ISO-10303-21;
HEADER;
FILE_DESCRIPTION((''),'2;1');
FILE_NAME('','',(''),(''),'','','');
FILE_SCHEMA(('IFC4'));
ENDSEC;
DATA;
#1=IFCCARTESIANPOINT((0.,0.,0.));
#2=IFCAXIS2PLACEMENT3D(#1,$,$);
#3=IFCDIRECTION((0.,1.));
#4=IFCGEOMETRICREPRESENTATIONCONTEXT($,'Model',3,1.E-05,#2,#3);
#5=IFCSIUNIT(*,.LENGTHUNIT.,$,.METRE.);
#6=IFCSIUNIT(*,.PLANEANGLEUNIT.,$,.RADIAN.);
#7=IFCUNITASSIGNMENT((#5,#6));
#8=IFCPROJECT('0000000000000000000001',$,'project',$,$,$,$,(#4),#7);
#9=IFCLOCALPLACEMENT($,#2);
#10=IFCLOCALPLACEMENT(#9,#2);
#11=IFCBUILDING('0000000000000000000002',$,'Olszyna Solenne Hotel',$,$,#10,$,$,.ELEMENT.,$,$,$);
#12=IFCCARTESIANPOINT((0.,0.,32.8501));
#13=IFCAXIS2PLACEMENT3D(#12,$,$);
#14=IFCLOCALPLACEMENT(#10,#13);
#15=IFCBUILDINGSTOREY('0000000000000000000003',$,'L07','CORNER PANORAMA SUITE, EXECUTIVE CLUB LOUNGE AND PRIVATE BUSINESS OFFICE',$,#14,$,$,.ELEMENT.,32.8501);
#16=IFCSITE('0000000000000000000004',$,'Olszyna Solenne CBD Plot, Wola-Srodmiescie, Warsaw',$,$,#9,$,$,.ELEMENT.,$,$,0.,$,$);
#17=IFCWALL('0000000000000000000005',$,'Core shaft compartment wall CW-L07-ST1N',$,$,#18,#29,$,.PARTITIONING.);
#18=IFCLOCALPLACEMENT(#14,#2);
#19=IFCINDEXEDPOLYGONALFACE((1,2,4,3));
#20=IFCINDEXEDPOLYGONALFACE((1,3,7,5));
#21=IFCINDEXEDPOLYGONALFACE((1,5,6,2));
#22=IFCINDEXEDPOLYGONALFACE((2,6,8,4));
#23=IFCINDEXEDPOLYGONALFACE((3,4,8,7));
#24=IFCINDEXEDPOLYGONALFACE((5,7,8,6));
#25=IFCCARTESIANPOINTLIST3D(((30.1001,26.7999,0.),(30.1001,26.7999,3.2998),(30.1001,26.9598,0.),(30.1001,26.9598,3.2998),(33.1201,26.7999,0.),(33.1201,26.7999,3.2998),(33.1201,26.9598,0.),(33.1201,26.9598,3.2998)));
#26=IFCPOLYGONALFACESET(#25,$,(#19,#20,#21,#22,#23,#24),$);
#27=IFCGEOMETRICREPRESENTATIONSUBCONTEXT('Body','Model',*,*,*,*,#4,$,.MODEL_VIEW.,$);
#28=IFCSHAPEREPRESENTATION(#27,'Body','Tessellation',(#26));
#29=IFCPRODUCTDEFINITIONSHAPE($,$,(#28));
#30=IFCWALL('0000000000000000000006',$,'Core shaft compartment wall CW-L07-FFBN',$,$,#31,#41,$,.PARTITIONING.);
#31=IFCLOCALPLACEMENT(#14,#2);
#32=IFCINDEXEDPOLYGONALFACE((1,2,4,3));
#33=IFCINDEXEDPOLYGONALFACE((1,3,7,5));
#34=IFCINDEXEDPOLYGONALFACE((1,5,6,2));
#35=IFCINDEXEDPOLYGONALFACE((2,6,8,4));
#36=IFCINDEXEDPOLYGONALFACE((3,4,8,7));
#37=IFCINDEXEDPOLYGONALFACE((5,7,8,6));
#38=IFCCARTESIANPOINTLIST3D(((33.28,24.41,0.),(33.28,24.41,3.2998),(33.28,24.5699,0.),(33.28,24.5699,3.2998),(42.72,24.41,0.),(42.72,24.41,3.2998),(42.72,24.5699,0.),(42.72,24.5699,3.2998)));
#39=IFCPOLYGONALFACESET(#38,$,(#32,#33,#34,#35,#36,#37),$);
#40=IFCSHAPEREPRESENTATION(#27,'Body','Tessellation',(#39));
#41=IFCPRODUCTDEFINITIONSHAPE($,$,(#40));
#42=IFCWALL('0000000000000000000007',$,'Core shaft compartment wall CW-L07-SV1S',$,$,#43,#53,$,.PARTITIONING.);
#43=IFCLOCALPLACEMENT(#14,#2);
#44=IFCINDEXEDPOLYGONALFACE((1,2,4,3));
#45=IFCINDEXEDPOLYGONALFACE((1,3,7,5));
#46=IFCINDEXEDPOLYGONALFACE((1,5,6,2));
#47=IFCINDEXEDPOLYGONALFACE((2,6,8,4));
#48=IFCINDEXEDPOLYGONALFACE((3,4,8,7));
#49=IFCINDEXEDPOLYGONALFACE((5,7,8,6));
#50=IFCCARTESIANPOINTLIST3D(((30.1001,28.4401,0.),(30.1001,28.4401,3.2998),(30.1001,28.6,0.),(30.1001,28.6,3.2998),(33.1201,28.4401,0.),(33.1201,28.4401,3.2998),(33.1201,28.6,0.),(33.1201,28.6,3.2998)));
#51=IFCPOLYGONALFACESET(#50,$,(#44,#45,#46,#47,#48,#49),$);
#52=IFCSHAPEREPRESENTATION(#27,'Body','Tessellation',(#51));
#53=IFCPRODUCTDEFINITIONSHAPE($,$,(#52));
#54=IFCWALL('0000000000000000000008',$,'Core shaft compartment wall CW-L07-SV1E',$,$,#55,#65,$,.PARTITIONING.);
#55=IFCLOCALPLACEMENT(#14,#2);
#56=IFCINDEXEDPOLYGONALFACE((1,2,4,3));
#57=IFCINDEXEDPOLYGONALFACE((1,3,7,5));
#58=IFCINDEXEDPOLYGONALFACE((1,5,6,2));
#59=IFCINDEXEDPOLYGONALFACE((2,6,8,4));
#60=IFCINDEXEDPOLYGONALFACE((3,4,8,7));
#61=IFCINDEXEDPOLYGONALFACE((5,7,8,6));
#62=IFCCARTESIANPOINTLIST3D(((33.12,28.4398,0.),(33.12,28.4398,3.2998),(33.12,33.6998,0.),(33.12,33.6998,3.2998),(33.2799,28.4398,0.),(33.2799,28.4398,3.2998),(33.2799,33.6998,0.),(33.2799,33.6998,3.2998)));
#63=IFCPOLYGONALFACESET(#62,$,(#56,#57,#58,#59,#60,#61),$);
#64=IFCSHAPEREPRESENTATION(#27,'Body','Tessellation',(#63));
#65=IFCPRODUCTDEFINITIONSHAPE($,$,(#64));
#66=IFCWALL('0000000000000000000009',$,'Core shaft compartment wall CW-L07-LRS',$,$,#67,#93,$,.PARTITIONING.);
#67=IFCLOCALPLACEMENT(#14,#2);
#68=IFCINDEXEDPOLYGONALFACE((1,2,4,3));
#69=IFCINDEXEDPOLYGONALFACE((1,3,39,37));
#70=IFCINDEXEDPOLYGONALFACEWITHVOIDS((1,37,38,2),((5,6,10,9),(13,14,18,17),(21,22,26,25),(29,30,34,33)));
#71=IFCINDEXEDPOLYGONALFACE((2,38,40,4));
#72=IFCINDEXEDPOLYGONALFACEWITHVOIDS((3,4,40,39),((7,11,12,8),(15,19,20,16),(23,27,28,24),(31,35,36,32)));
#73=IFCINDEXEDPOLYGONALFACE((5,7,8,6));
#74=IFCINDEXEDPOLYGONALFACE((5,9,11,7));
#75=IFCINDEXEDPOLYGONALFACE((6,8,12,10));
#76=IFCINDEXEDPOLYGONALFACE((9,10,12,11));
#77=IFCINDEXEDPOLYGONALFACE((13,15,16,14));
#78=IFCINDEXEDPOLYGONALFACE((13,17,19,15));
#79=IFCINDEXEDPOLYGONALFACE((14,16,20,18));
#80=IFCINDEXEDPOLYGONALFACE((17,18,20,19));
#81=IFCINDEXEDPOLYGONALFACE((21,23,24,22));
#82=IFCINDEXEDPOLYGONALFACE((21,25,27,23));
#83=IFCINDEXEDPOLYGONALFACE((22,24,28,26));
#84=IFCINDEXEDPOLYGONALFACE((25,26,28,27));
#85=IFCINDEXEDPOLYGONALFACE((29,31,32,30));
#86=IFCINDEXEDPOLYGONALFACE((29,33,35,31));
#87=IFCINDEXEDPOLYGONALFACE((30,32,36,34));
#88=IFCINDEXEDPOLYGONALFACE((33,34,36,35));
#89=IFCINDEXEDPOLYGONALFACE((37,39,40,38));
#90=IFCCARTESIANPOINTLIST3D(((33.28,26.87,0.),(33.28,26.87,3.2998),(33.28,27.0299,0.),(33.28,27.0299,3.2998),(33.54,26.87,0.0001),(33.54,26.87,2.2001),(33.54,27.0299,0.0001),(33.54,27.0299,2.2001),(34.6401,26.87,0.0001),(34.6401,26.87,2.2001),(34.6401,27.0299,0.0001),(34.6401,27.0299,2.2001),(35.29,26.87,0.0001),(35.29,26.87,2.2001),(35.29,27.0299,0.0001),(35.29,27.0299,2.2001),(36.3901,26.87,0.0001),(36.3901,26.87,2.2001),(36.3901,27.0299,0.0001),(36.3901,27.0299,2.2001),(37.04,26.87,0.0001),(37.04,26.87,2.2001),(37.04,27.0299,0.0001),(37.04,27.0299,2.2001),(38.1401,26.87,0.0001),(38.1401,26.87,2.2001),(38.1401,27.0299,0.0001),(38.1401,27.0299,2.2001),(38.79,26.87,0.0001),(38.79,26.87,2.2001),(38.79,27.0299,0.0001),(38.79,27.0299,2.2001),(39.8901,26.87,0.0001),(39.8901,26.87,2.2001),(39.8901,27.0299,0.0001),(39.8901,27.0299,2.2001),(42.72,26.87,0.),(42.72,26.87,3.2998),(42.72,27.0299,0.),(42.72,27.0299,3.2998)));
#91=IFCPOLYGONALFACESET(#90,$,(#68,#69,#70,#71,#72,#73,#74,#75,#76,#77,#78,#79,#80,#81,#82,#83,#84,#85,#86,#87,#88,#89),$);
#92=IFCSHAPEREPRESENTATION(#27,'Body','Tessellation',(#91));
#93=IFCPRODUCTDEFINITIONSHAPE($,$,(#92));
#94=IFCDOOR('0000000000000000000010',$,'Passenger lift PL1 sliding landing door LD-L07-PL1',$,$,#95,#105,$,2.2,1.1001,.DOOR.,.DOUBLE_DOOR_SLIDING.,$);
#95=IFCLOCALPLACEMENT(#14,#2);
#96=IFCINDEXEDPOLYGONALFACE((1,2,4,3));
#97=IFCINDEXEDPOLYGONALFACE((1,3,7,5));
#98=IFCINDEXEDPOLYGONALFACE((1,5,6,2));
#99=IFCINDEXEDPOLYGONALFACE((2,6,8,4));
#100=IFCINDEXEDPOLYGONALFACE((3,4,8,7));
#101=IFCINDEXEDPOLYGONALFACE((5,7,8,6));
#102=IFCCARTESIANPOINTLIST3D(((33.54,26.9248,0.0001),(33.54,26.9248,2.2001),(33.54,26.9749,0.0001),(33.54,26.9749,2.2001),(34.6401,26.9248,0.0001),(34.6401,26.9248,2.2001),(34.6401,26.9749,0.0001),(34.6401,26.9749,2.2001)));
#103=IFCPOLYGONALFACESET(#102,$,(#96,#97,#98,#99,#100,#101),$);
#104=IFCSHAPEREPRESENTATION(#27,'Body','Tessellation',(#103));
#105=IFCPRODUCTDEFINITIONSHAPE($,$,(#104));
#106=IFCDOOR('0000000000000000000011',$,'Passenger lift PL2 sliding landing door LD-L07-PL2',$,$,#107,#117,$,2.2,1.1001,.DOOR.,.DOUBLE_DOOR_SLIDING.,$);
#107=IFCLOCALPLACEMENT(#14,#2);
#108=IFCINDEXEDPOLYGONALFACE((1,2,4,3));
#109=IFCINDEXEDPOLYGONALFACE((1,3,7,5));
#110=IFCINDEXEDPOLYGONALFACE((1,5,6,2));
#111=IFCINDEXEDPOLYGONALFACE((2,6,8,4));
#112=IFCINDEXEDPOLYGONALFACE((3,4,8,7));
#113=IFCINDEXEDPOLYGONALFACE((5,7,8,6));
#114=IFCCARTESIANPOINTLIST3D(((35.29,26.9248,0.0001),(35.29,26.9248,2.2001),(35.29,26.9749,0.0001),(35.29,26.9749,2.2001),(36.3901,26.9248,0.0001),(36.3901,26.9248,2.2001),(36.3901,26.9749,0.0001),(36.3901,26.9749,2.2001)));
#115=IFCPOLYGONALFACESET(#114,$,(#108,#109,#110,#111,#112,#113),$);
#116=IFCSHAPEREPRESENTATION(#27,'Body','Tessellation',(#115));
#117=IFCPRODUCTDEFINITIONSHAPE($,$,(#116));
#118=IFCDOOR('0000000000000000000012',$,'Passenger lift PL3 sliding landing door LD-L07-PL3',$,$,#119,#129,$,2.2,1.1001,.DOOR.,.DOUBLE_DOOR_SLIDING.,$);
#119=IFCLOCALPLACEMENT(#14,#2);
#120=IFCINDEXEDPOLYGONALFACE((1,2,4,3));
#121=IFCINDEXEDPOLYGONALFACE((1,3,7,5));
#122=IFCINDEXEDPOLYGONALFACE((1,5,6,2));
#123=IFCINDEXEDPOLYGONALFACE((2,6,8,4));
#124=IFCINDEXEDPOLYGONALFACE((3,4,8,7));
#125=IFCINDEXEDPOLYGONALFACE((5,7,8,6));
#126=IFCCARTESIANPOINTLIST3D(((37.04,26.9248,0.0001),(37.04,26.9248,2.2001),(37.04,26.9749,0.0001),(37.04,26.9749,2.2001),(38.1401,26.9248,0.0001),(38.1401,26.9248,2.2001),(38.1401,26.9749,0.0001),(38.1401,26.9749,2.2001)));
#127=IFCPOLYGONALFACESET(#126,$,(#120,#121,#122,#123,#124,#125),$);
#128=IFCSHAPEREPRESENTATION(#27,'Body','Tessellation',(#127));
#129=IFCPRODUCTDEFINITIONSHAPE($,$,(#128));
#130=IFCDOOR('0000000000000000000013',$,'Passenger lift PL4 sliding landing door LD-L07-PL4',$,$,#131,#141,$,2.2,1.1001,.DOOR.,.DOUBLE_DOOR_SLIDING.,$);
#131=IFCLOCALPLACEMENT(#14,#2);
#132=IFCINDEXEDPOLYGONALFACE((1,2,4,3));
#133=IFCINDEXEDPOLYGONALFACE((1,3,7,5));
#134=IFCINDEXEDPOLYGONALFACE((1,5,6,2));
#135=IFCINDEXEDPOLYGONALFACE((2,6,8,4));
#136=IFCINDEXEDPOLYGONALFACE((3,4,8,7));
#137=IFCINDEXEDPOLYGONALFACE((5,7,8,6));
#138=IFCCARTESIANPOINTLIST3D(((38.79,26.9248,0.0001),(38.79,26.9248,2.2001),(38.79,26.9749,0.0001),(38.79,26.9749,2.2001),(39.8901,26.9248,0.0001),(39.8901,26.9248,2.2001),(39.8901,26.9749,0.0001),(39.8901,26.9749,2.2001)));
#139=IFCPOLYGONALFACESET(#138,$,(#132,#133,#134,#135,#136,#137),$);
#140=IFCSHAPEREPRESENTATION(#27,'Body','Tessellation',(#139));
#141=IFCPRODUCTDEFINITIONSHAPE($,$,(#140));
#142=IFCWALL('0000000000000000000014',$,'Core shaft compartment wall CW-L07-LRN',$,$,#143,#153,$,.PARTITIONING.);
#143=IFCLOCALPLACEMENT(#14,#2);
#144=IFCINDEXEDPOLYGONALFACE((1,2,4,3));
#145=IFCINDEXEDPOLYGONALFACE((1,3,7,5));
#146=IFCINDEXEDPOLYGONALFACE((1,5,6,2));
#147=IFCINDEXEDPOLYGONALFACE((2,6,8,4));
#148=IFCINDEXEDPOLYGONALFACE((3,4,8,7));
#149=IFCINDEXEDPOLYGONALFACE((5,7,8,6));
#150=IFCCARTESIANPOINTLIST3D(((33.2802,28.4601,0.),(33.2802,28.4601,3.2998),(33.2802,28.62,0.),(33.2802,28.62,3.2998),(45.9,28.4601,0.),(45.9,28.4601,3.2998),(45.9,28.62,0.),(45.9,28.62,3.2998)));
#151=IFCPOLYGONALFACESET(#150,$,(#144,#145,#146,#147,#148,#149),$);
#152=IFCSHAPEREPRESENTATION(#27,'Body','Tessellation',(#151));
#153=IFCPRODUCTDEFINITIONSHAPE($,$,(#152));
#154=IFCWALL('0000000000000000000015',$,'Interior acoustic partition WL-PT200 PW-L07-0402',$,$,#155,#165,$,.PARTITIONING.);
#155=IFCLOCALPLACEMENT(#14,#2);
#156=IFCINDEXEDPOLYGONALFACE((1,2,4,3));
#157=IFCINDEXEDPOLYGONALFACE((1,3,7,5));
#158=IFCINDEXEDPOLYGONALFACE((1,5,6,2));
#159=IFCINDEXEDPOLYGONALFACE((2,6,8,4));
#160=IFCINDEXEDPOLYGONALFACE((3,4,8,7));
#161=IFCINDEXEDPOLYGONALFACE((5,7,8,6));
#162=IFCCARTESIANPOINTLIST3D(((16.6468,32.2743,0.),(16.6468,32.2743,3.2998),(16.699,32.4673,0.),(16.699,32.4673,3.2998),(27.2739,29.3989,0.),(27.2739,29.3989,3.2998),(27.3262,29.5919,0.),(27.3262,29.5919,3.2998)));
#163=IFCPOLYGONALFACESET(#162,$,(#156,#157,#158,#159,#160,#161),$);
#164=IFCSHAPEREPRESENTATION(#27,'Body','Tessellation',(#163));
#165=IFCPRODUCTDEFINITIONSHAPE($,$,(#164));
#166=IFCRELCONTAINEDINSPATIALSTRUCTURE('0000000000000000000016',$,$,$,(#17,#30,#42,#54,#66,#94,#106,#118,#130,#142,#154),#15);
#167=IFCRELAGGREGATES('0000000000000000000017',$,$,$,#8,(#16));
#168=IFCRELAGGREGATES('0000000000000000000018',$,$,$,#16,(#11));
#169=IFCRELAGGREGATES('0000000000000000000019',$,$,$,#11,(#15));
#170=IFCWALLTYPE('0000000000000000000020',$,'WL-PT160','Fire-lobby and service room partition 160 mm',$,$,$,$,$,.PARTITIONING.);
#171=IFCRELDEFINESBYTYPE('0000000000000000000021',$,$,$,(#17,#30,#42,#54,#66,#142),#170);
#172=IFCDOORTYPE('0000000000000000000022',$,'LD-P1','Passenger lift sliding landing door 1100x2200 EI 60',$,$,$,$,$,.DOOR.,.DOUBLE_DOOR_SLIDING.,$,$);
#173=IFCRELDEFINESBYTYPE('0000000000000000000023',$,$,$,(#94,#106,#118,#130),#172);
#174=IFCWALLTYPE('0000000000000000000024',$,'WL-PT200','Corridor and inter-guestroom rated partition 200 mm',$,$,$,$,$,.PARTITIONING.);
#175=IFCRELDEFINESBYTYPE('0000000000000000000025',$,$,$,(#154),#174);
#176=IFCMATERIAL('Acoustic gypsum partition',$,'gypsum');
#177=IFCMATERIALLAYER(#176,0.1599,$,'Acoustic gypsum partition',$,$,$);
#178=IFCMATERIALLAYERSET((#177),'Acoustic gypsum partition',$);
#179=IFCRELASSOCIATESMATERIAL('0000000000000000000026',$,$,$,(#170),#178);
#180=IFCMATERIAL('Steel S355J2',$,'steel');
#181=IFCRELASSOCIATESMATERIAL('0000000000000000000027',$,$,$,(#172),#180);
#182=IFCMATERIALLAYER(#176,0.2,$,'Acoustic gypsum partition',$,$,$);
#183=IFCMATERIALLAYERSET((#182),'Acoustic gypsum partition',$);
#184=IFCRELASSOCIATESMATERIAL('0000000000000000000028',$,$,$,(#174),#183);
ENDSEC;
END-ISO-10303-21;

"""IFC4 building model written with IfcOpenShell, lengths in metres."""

from ifc_helpers import new_model, si_unit, direction, frame, frame_2d, origin, place, context, subcontext, project, spatial, rectangle, extrude, source, transform, mapped, material, layer, layer_set, type_object, type_shapes, element, fill, save


model = new_model("IFC4")

# Units and contexts
model_context = context("Model", 3, precision=1e-05, world=origin(), true_north=direction((0.0, 1.0)))
body_context = subcontext(model_context, "Body", "Model", "MODEL_VIEW")
ifc_project = project(units=[si_unit("LENGTHUNIT", "METRE"), si_unit("PLANEANGLEUNIT", "RADIAN")], contexts=[model_context])

# Site, building, storey
site_placement = place(None, origin())
site = spatial("IfcSite", under=ifc_project, at=site_placement, Name="Olszyna Solenne CBD Plot, Wola-Srodmiescie, Warsaw", CompositionType="ELEMENT", RefElevation=0.0)
building_placement = place(site_placement, origin())
building = spatial("IfcBuilding", under=site, at=building_placement, Name="Olszyna Solenne Hotel", CompositionType="ELEMENT")
storey_placement = place(building_placement, frame((0.0, 0.0, 32.8501)))
storey = spatial("IfcBuildingStorey", under=building, at=storey_placement, Name="L07", Description="CORNER PANORAMA SUITE, EXECUTIVE CLUB LOUNGE AND PRIVATE BUSINESS OFFICE", CompositionType="ELEMENT", Elevation=32.8501)

# Shared definitions
ifc_material_1 = material(Name="Steel S355J2", Category="steel")

# Shared definitions
ifc_material_2 = material(Name="Acoustic gypsum partition", Category="gypsum")

# Walls
ifc_layer_1 = layer(ifc_material_2, 0.1599, Name="Acoustic gypsum partition")
ifc_layer_set_1 = layer_set([ifc_layer_1], Name="Acoustic gypsum partition")
wall_type_1 = type_object("IfcWallType", Name="WL-PT160", Description="Fire-lobby and service room partition 160 mm", PredefinedType="PARTITIONING", material=ifc_layer_set_1)
wall_1_placement = place(storey_placement, frame((30.1001, 26.8799, 0.0), z_axis=(0.0, 0.0, 1.0), x_axis=(1.0, 0.0, 0.0)))
element("IfcWall", 1, at=wall_1_placement, inside=storey, type_object=wall_type_1, Name="Core shaft compartment wall CW-L07-ST1N", PredefinedType="PARTITIONING", context=body_context, shape_type="SweptSolid", body=[
    extrude(rectangle(XDim=3.02, YDim=0.1599, at=frame_2d((1.51, 0.0))), origin(), (0.0, 0.0, 1.0), 3.2998),
])
wall_2_placement = place(storey_placement, frame((33.28, 24.49, 0.0), z_axis=(0.0, 0.0, 1.0), x_axis=(1.0, 0.0, 0.0)))
element("IfcWall", 2, at=wall_2_placement, inside=storey, type_object=wall_type_1, Name="Core shaft compartment wall CW-L07-FFBN", PredefinedType="PARTITIONING", context=body_context, shape_type="SweptSolid", body=[
    extrude(rectangle(XDim=9.4399, YDim=0.1599, at=frame_2d((4.72, 0.0))), origin(), (0.0, 0.0, 1.0), 3.2998),
])
wall_3_placement = place(storey_placement, frame((30.1001, 28.52, 0.0), z_axis=(0.0, 0.0, 1.0), x_axis=(1.0, 0.0, 0.0)))
element("IfcWall", 3, at=wall_3_placement, inside=storey, type_object=wall_type_1, Name="Core shaft compartment wall CW-L07-SV1S", PredefinedType="PARTITIONING", context=body_context, shape_type="SweptSolid", body=[
    extrude(rectangle(XDim=3.02, YDim=0.1599, at=frame_2d((1.51, 0.0))), origin(), (0.0, 0.0, 1.0), 3.2998),
])
wall_4_placement = place(storey_placement, frame((33.2, 28.4399, 0.0), z_axis=(0.0, 0.0, 1.0), x_axis=(0.0, 1.0, 0.0)))
element("IfcWall", 4, at=wall_4_placement, inside=storey, type_object=wall_type_1, Name="Core shaft compartment wall CW-L07-SV1E", PredefinedType="PARTITIONING", context=body_context, shape_type="SweptSolid", body=[
    extrude(rectangle(XDim=5.26, YDim=0.1599, at=frame_2d((2.6299, 0.0))), origin(), (0.0, 0.0, 1.0), 3.2998),
])

# Wall, openings, doors
wall_5_placement = place(storey_placement, frame((33.28, 26.95, 0.0), z_axis=(0.0, 0.0, 1.0), x_axis=(1.0, 0.0, 0.0)))
wall_5 = element("IfcWall", 5, at=wall_5_placement, inside=storey, type_object=wall_type_1, Name="Core shaft compartment wall CW-L07-LRS", PredefinedType="PARTITIONING", context=body_context, shape_type="SweptSolid", body=[
    extrude(rectangle(XDim=9.4399, YDim=0.1599, at=frame_2d((4.72, 0.0))), origin(), (0.0, 0.0, 1.0), 3.2998),
])
opening_1_placement = place(wall_5_placement, frame((0.26, 0.0, 0.0)))
opening_1 = element("IfcOpeningElement", 6, at=opening_1_placement, cuts=wall_5, PredefinedType="OPENING", context=body_context, shape_type="SweptSolid", body=[
    extrude(rectangle(XDim=1.1001, YDim=2.2, at=frame_2d((0.55, 1.1001))), frame((0.0, 0.0898, 0.0), z_axis=(0.0, -1.0, 0.0), x_axis=(1.0, 0.0, 0.0)), (0.0, 0.0, 1.0), 0.1799),
])
opening_2_placement = place(wall_5_placement, frame((2.01, 0.0, 0.0)))
opening_2 = element("IfcOpeningElement", 7, at=opening_2_placement, cuts=wall_5, PredefinedType="OPENING", context=body_context, shape_type="SweptSolid", body=[
    extrude(rectangle(XDim=1.1001, YDim=2.2, at=frame_2d((0.55, 1.1001))), frame((0.0, 0.0898, 0.0), z_axis=(0.0, -1.0, 0.0), x_axis=(1.0, 0.0, 0.0)), (0.0, 0.0, 1.0), 0.1799),
])
opening_3_placement = place(wall_5_placement, frame((3.76, 0.0, 0.0)))
opening_3 = element("IfcOpeningElement", 8, at=opening_3_placement, cuts=wall_5, PredefinedType="OPENING", context=body_context, shape_type="SweptSolid", body=[
    extrude(rectangle(XDim=1.1001, YDim=2.2, at=frame_2d((0.55, 1.1001))), frame((0.0, 0.0898, 0.0), z_axis=(0.0, -1.0, 0.0), x_axis=(1.0, 0.0, 0.0)), (0.0, 0.0, 1.0), 0.1799),
])
opening_4_placement = place(wall_5_placement, frame((5.51, 0.0, 0.0)))
opening_4 = element("IfcOpeningElement", 9, at=opening_4_placement, cuts=wall_5, PredefinedType="OPENING", context=body_context, shape_type="SweptSolid", body=[
    extrude(rectangle(XDim=1.1001, YDim=2.2, at=frame_2d((0.55, 1.1001))), frame((0.0, 0.0898, 0.0), z_axis=(0.0, -1.0, 0.0), x_axis=(1.0, 0.0, 0.0)), (0.0, 0.0, 1.0), 0.1799),
])
door_type_1 = type_object("IfcDoorType", Name="LD-P1", Description="Passenger lift sliding landing door 1100x2200 EI 60", OperationType="DOUBLE_DOOR_SLIDING", PredefinedType="DOOR", material=ifc_material_1)
shared_shape_1 = source(origin(), body_context, "Body", "SweptSolid", [
    extrude(rectangle(XDim=1.1001, YDim=2.2, at=frame_2d((0.55, 1.1001))), frame((0.0, 0.0249, 0.0), z_axis=(0.0, -1.0, 0.0), x_axis=(1.0, 0.0, 0.0)), (0.0, 0.0, 1.0), 0.05),
])
type_shapes(door_type_1, [shared_shape_1])
door_1_placement = place(opening_1_placement, origin())
door_1 = element("IfcDoor", 10, at=door_1_placement, inside=storey, type_object=door_type_1, Name="Passenger lift PL1 sliding landing door LD-L07-PL1", OperationType="DOUBLE_DOOR_SLIDING", OverallHeight=2.2, OverallWidth=1.1001, PredefinedType="DOOR", context=body_context, shape_type="MappedRepresentation", body=[
    mapped(shared_shape_1, transform((0.0, 0.0, 0.0), x_axis=(1.0, 0.0, 0.0), y_axis=(0.0, 1.0, 0.0), z_axis=(0.0, 0.0, 1.0), scale=1.0)),
])
fill(opening_1, door_1)
door_2_placement = place(opening_2_placement, origin())
door_2 = element("IfcDoor", 11, at=door_2_placement, inside=storey, type_object=door_type_1, Name="Passenger lift PL2 sliding landing door LD-L07-PL2", OperationType="DOUBLE_DOOR_SLIDING", OverallHeight=2.2, OverallWidth=1.1001, PredefinedType="DOOR", context=body_context, shape_type="MappedRepresentation", body=[
    mapped(shared_shape_1, transform((0.0, 0.0, 0.0), x_axis=(1.0, 0.0, 0.0), y_axis=(0.0, 1.0, 0.0), z_axis=(0.0, 0.0, 1.0), scale=1.0)),
])
fill(opening_2, door_2)
door_3_placement = place(opening_3_placement, origin())
door_3 = element("IfcDoor", 12, at=door_3_placement, inside=storey, type_object=door_type_1, Name="Passenger lift PL3 sliding landing door LD-L07-PL3", OperationType="DOUBLE_DOOR_SLIDING", OverallHeight=2.2, OverallWidth=1.1001, PredefinedType="DOOR", context=body_context, shape_type="MappedRepresentation", body=[
    mapped(shared_shape_1, transform((0.0, 0.0, 0.0), x_axis=(1.0, 0.0, 0.0), y_axis=(0.0, 1.0, 0.0), z_axis=(0.0, 0.0, 1.0), scale=1.0)),
])
fill(opening_3, door_3)
door_4_placement = place(opening_4_placement, origin())
door_4 = element("IfcDoor", 13, at=door_4_placement, inside=storey, type_object=door_type_1, Name="Passenger lift PL4 sliding landing door LD-L07-PL4", OperationType="DOUBLE_DOOR_SLIDING", OverallHeight=2.2, OverallWidth=1.1001, PredefinedType="DOOR", context=body_context, shape_type="MappedRepresentation", body=[
    mapped(shared_shape_1, transform((0.0, 0.0, 0.0), x_axis=(1.0, 0.0, 0.0), y_axis=(0.0, 1.0, 0.0), z_axis=(0.0, 0.0, 1.0), scale=1.0)),
])
fill(opening_4, door_4)

# Walls
wall_6_placement = place(storey_placement, frame((33.28, 28.54, 0.0), z_axis=(0.0, 0.0, 1.0), x_axis=(1.0, 0.0, 0.0)))
element("IfcWall", 14, at=wall_6_placement, inside=storey, type_object=wall_type_1, Name="Core shaft compartment wall CW-L07-LRN", PredefinedType="PARTITIONING", context=body_context, shape_type="SweptSolid", body=[
    extrude(rectangle(XDim=12.6199, YDim=0.1599, at=frame_2d((6.3101, 0.0))), origin(), (0.0, 0.0, 1.0), 3.2998),
])
ifc_layer_2 = layer(ifc_material_2, 0.2, Name="Acoustic gypsum partition")
ifc_layer_set_2 = layer_set([ifc_layer_2], Name="Acoustic gypsum partition")
wall_type_2 = type_object("IfcWallType", Name="WL-PT200", Description="Corridor and inter-guestroom rated partition 200 mm", PredefinedType="PARTITIONING", material=ifc_layer_set_2)
wall_7_placement = place(storey_placement, frame((27.3, 29.4954, 0.0), z_axis=(0.0, 0.0, 1.0), x_axis=(-0.965288, 0.261186, 0.0)))
element("IfcWall", 15, at=wall_7_placement, inside=storey, type_object=wall_type_2, Name="Interior acoustic partition WL-PT200 PW-L07-0402", PredefinedType="PARTITIONING", context=body_context, shape_type="SweptSolid", body=[
    extrude(rectangle(XDim=11.0093, YDim=0.2, at=frame_2d((5.5046, 0.0))), origin(), (0.0, 0.0, 1.0), 3.2998),
])

save(model, "model.ifc")
